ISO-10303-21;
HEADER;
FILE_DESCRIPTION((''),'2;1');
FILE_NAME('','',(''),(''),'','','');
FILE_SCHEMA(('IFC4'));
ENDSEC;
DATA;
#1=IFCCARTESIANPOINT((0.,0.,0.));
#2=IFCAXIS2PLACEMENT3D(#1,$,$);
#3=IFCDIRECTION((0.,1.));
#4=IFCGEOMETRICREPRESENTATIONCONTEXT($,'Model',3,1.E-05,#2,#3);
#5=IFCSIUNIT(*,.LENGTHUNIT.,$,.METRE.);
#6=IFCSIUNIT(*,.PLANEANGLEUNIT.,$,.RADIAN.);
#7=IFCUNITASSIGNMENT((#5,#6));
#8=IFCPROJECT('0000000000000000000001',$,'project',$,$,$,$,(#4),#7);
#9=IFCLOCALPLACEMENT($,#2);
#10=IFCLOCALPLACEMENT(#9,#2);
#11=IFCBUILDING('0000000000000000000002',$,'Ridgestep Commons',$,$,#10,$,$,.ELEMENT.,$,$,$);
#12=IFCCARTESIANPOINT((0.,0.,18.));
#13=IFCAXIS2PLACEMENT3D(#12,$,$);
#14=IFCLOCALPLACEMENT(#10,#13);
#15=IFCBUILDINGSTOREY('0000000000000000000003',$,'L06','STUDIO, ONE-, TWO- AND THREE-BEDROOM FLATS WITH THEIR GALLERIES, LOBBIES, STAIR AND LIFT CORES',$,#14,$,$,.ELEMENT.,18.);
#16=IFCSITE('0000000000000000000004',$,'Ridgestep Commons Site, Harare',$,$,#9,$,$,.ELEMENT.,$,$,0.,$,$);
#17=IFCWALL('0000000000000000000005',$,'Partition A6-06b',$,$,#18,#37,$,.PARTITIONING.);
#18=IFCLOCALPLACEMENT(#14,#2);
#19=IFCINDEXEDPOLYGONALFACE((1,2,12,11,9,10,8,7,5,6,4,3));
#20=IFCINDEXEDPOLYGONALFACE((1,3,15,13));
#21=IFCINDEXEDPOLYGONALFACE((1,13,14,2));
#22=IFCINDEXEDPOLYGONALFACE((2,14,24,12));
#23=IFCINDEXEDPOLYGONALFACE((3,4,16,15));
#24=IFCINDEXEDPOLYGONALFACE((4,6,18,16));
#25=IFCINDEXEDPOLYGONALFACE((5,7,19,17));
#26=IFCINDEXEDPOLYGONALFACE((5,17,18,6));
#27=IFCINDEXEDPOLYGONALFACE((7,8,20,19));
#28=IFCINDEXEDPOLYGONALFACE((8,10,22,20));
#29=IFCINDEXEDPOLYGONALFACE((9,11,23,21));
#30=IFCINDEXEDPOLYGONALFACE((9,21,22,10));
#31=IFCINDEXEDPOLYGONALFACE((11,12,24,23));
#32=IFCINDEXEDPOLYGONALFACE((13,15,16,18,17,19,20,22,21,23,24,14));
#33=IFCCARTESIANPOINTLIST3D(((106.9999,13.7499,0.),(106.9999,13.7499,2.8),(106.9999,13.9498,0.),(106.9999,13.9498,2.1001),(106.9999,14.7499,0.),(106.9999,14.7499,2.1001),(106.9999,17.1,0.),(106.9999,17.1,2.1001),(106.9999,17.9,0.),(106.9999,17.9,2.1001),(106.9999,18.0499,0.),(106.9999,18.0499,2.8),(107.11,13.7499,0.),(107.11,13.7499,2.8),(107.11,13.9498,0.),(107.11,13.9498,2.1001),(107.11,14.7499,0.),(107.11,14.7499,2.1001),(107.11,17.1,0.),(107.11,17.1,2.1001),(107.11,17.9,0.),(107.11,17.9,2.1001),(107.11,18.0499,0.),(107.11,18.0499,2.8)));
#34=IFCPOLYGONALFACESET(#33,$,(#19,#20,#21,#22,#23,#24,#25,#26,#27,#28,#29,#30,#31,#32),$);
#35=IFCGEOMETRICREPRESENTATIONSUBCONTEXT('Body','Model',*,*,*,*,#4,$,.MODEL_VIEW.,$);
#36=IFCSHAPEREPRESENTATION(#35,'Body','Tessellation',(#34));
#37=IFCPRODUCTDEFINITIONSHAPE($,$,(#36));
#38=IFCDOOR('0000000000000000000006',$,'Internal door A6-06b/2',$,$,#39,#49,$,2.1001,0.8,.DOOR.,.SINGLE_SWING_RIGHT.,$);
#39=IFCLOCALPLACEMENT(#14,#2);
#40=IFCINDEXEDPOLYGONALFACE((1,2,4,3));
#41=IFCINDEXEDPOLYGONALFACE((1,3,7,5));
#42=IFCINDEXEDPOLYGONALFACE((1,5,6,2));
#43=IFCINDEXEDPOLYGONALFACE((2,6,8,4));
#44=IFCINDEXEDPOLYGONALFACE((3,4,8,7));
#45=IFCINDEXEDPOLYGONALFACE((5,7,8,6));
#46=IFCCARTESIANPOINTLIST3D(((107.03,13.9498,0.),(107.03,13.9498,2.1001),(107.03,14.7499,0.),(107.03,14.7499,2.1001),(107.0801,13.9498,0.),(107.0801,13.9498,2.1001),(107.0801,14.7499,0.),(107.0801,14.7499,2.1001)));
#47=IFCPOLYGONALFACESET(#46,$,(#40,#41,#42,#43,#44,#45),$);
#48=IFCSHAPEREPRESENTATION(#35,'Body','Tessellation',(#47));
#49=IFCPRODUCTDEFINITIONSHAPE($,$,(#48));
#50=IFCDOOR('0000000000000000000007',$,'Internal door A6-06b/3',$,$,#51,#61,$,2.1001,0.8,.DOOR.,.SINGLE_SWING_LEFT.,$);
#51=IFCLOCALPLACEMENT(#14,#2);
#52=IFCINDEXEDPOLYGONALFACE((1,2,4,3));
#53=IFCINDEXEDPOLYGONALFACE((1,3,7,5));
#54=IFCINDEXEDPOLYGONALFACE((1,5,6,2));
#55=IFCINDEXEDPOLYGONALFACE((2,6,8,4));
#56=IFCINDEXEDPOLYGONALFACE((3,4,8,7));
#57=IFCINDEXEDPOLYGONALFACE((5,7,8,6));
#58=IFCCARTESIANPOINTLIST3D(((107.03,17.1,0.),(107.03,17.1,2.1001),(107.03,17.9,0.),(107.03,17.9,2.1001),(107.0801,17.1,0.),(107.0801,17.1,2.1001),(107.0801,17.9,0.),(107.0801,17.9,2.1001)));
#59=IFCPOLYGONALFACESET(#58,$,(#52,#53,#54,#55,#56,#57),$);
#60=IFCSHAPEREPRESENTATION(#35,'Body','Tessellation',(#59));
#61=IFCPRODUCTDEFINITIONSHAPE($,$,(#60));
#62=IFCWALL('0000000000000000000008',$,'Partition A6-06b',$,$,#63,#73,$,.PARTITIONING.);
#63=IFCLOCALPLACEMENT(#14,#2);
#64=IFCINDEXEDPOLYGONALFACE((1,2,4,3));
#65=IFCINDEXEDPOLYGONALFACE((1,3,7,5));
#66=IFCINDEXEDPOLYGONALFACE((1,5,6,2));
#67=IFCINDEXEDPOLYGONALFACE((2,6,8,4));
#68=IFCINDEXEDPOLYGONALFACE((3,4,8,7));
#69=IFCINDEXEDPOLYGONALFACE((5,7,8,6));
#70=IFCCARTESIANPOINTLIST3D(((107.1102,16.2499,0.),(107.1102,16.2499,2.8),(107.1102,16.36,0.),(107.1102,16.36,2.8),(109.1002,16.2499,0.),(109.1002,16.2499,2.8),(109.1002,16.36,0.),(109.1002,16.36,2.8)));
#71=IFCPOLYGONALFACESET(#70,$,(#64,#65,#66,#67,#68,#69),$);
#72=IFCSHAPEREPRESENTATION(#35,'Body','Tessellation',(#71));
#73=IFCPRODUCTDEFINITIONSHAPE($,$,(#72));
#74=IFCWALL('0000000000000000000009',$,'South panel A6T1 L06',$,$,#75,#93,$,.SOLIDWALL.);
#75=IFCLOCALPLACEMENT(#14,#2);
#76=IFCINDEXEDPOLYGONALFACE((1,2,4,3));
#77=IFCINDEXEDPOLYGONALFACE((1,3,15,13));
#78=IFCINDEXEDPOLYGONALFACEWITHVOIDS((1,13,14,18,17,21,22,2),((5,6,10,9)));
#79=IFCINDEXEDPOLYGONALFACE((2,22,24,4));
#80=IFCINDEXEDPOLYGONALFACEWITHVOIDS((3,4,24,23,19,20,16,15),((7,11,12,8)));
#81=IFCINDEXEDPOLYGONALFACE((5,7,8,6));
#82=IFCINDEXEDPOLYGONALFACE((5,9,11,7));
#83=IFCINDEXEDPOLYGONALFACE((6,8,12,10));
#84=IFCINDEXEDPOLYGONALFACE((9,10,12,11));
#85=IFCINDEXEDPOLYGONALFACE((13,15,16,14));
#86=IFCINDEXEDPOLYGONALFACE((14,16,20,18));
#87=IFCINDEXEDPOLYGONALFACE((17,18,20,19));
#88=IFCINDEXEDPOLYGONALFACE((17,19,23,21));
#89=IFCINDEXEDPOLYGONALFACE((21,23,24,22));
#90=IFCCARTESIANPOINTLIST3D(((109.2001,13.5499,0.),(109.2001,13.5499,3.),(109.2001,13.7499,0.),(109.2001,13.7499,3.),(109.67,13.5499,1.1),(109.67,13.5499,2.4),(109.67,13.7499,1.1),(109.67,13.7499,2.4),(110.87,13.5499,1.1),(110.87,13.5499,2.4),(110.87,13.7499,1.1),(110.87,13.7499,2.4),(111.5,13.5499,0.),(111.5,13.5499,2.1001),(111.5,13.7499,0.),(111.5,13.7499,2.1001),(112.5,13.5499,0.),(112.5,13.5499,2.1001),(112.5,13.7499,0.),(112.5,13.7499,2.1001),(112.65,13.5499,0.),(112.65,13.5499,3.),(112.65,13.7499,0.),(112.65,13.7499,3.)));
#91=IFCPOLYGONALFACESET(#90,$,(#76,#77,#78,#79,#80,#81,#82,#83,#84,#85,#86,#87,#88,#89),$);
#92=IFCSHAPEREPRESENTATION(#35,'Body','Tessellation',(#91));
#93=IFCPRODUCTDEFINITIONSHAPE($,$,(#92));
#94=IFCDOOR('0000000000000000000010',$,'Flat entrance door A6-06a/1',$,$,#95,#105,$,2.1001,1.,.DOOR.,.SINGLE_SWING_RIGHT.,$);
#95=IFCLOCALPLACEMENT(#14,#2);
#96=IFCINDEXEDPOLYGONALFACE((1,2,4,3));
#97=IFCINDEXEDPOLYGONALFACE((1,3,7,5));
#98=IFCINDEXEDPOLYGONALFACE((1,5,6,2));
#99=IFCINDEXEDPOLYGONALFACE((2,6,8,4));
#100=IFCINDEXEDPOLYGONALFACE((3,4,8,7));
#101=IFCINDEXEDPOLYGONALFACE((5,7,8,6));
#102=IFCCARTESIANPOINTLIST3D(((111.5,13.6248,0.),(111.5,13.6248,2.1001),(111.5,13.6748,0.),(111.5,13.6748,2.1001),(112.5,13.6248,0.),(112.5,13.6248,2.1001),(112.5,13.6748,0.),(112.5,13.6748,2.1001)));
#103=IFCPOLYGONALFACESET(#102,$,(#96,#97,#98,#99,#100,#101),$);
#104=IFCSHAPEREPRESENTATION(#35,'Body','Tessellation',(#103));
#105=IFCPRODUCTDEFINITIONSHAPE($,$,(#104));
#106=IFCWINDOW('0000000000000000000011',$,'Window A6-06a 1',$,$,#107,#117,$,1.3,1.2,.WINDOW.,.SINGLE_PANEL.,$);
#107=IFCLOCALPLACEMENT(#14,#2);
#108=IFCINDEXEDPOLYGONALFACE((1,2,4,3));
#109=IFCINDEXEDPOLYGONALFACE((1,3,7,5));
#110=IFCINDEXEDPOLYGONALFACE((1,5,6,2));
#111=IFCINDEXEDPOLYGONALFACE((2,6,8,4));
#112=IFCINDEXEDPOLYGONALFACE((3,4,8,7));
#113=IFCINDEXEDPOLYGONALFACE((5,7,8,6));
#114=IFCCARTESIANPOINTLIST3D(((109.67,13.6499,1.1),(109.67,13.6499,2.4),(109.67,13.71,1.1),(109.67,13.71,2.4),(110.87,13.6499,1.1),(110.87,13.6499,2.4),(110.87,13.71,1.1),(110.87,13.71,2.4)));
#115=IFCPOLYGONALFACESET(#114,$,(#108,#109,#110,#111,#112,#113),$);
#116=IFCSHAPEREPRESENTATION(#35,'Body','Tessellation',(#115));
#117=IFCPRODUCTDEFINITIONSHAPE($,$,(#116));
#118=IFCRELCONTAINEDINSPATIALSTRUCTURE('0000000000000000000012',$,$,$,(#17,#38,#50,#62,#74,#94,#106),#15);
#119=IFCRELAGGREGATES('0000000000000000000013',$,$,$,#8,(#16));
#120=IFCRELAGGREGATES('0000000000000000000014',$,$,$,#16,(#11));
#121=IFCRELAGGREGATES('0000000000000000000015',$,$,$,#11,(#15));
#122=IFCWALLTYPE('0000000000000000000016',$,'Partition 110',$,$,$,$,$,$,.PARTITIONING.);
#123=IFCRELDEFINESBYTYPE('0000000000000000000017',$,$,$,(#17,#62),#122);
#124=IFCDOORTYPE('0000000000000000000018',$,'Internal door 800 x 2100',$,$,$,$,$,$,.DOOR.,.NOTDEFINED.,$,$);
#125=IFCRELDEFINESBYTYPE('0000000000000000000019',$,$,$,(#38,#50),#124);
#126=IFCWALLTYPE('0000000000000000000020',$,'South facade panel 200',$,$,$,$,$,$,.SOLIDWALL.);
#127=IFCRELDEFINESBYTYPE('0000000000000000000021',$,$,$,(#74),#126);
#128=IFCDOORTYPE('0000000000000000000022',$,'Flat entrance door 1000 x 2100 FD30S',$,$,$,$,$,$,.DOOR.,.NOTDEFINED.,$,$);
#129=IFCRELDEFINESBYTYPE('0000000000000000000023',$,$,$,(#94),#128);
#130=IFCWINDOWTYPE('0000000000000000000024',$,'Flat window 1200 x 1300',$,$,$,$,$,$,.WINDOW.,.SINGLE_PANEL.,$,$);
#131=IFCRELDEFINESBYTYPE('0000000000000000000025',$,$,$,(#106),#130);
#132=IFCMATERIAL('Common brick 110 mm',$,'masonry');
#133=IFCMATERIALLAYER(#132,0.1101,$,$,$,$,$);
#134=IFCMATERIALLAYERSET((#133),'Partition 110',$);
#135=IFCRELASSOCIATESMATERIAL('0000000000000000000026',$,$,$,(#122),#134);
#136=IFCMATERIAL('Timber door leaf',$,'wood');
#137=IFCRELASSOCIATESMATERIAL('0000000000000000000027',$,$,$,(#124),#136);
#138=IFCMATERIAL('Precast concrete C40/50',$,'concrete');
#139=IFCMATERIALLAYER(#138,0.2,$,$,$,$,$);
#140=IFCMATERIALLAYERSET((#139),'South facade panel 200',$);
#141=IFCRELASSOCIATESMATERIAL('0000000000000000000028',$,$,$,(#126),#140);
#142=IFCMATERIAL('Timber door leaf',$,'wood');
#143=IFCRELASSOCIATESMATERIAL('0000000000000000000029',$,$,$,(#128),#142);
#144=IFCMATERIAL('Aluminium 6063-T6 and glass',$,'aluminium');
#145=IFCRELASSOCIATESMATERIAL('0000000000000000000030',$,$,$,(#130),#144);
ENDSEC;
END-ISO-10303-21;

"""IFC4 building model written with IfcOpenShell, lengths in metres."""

from ifc_helpers import new_model, si_unit, direction, frame, frame_2d, origin, place, context, subcontext, project, spatial, rectangle, extrude, material, layer, layer_set, type_object, element, fill, save


model = new_model("IFC4")

# Units and contexts
model_context = context("Model", 3, precision=1e-05, world=origin(), true_north=direction((0.0, 1.0)))
body_context = subcontext(model_context, "Body", "Model", "MODEL_VIEW")
ifc_project = project(units=[si_unit("LENGTHUNIT", "METRE"), si_unit("PLANEANGLEUNIT", "RADIAN")], contexts=[model_context])

# Site, building, storey
site_placement = place(None, origin())
site = spatial("IfcSite", under=ifc_project, at=site_placement, Name="Ridgestep Commons Site, Harare", CompositionType="ELEMENT", RefElevation=0.0)
building_placement = place(site_placement, origin())
building = spatial("IfcBuilding", under=site, at=building_placement, Name="Ridgestep Commons", CompositionType="ELEMENT")
storey_placement = place(building_placement, frame((0.0, 0.0, 18.0)))
storey = spatial("IfcBuildingStorey", under=building, at=storey_placement, Name="L06", Description="STUDIO, ONE-, TWO- AND THREE-BEDROOM FLATS WITH THEIR GALLERIES, LOBBIES, STAIR AND LIFT CORES", CompositionType="ELEMENT", Elevation=18.0)

# Shared definitions
ifc_material_1 = material(Name="Common brick 110 mm", Category="masonry")
ifc_layer_1 = layer(ifc_material_1, 0.1101)
ifc_layer_set_1 = layer_set([ifc_layer_1], Name="Partition 110")
wall_type_1 = type_object("IfcWallType", Name="Partition 110", PredefinedType="PARTITIONING", material=ifc_layer_set_1)

# Wall, openings, doors
ifc_material_2 = material(Name="Timber door leaf", Category="wood")
door_type_1 = type_object("IfcDoorType", Name="Internal door 800 x 2100", OperationType="NOTDEFINED", PredefinedType="DOOR", material=ifc_material_2)
wall_1_placement = place(storey_placement, frame((107.0549, 13.75, 0.0), z_axis=(0.0, 0.0, 1.0), x_axis=(0.0, 1.0, 0.0)))
wall_1 = element("IfcWall", 1, at=wall_1_placement, inside=storey, type_object=wall_type_1, Name="Partition A6-06b", PredefinedType="PARTITIONING", context=body_context, shape_type="SweptSolid", body=[
    extrude(rectangle(XDim=4.3, YDim=0.1101, at=frame_2d((2.1499, 0.0))), origin(), (0.0, 0.0, 1.0), 2.8),
])
opening_1_placement = place(wall_1_placement, frame((0.2, 0.0, 0.0)))
opening_1 = element("IfcOpeningElement", 2, at=opening_1_placement, cuts=wall_1, PredefinedType="OPENING", context=body_context, shape_type="SweptSolid", body=[
    extrude(rectangle(XDim=0.8, YDim=2.1001, at=frame_2d((0.3999, 1.05))), frame((0.0, 0.0649, 0.0), z_axis=(0.0, -1.0, 0.0), x_axis=(1.0, 0.0, 0.0)), (0.0, 0.0, 1.0), 0.1301),
])
opening_2_placement = place(wall_1_placement, frame((3.3501, 0.0, 0.0)))
opening_2 = element("IfcOpeningElement", 3, at=opening_2_placement, cuts=wall_1, PredefinedType="OPENING", context=body_context, shape_type="SweptSolid", body=[
    extrude(rectangle(XDim=0.8, YDim=2.1001, at=frame_2d((0.3999, 1.05))), frame((0.0, 0.0649, 0.0), z_axis=(0.0, -1.0, 0.0), x_axis=(1.0, 0.0, 0.0)), (0.0, 0.0, 1.0), 0.1301),
])
door_1_placement = place(opening_1_placement, origin())
door_1 = element("IfcDoor", 4, at=door_1_placement, inside=storey, type_object=door_type_1, Name="Internal door A6-06b/2", OperationType="SINGLE_SWING_RIGHT", OverallHeight=2.1001, OverallWidth=0.8, PredefinedType="DOOR", context=body_context, shape_type="SweptSolid", body=[
    extrude(rectangle(XDim=0.8, YDim=2.1001, at=frame_2d((0.3999, 1.05))), frame((0.0, 0.0249, 0.0), z_axis=(0.0, -1.0, 0.0), x_axis=(1.0, 0.0, 0.0)), (0.0, 0.0, 1.0), 0.05),
])
fill(opening_1, door_1)
door_2_placement = place(opening_2_placement, origin())
door_2 = element("IfcDoor", 5, at=door_2_placement, inside=storey, type_object=door_type_1, Name="Internal door A6-06b/3", OperationType="SINGLE_SWING_LEFT", OverallHeight=2.1001, OverallWidth=0.8, PredefinedType="DOOR", context=body_context, shape_type="SweptSolid", body=[
    extrude(rectangle(XDim=0.8, YDim=2.1001, at=frame_2d((0.3999, 1.05))), frame((0.0, 0.0249, 0.0), z_axis=(0.0, -1.0, 0.0), x_axis=(1.0, 0.0, 0.0)), (0.0, 0.0, 1.0), 0.05),
])
fill(opening_2, door_2)

# Wall
wall_2_placement = place(storey_placement, frame((107.1101, 16.3049, 0.0), z_axis=(0.0, 0.0, 1.0), x_axis=(1.0, 0.0, 0.0)))
element("IfcWall", 6, at=wall_2_placement, inside=storey, type_object=wall_type_1, Name="Partition A6-06b", PredefinedType="PARTITIONING", context=body_context, shape_type="SweptSolid", body=[
    extrude(rectangle(XDim=1.99, YDim=0.1101, at=frame_2d((0.9951, 0.0))), origin(), (0.0, 0.0, 1.0), 2.8),
])

# Wall, openings, door, window
ifc_material_3 = material(Name="Precast concrete C40/50", Category="concrete")
ifc_layer_2 = layer(ifc_material_3, 0.2)
ifc_layer_set_2 = layer_set([ifc_layer_2], Name="South facade panel 200")
wall_type_2 = type_object("IfcWallType", Name="South facade panel 200", PredefinedType="SOLIDWALL", material=ifc_layer_set_2)
wall_3_placement = place(storey_placement, frame((109.2, 13.6499, 0.0), z_axis=(0.0, 0.0, 1.0), x_axis=(1.0, 0.0, 0.0)))
wall_3 = element("IfcWall", 7, at=wall_3_placement, inside=storey, type_object=wall_type_2, Name="South panel A6T1 L06", PredefinedType="SOLIDWALL", context=body_context, shape_type="SweptSolid", body=[
    extrude(rectangle(XDim=3.45, YDim=0.2, at=frame_2d((1.7251, 0.0))), origin(), (0.0, 0.0, 1.0), 3.0),
])
opening_3_placement = place(wall_3_placement, frame((0.47, 0.0, 1.1001)))
opening_3 = element("IfcOpeningElement", 8, at=opening_3_placement, cuts=wall_3, PredefinedType="OPENING", context=body_context, shape_type="SweptSolid", body=[
    extrude(rectangle(XDim=1.2, YDim=1.3, at=frame_2d((0.6001, 0.6499))), frame((0.0, 0.1099, 0.0), z_axis=(0.0, -1.0, 0.0), x_axis=(1.0, 0.0, 0.0)), (0.0, 0.0, 1.0), 0.22),
])
opening_4_placement = place(wall_3_placement, frame((2.3, 0.0, 0.0)))
opening_4 = element("IfcOpeningElement", 9, at=opening_4_placement, cuts=wall_3, PredefinedType="OPENING", context=body_context, shape_type="SweptSolid", body=[
    extrude(rectangle(XDim=1.0, YDim=2.1001, at=frame_2d((0.5, 1.05))), frame((0.0, 0.1099, 0.0), z_axis=(0.0, -1.0, 0.0), x_axis=(1.0, 0.0, 0.0)), (0.0, 0.0, 1.0), 0.22),
])
ifc_material_4 = material(Name="Timber door leaf", Category="wood")
door_type_2 = type_object("IfcDoorType", Name="Flat entrance door 1000 x 2100 FD30S", OperationType="NOTDEFINED", PredefinedType="DOOR", material=ifc_material_4)
door_3_placement = place(opening_4_placement, origin())
door_3 = element("IfcDoor", 10, at=door_3_placement, inside=storey, type_object=door_type_2, Name="Flat entrance door A6-06a/1", OperationType="SINGLE_SWING_RIGHT", OverallHeight=2.1001, OverallWidth=1.0, PredefinedType="DOOR", context=body_context, shape_type="SweptSolid", body=[
    extrude(rectangle(XDim=1.0, YDim=2.1001, at=frame_2d((0.5, 1.05))), frame((0.0, 0.0249, 0.0), z_axis=(0.0, -1.0, 0.0), x_axis=(1.0, 0.0, 0.0)), (0.0, 0.0, 1.0), 0.05),
])
fill(opening_4, door_3)
ifc_material_5 = material(Name="Aluminium 6063-T6 and glass", Category="aluminium")
window_type_1 = type_object("IfcWindowType", Name="Flat window 1200 x 1300", PartitioningType="SINGLE_PANEL", PredefinedType="WINDOW", material=ifc_material_5)
window_1_placement = place(opening_3_placement, origin())
window_1 = element("IfcWindow", 11, at=window_1_placement, inside=storey, type_object=window_type_1, Name="Window A6-06a 1", OverallHeight=1.3, OverallWidth=1.2, PartitioningType="SINGLE_PANEL", PredefinedType="WINDOW", context=body_context, shape_type="SweptSolid", body=[
    extrude(rectangle(XDim=1.2, YDim=1.3, at=frame_2d((0.6001, 0.6499))), frame((0.0, 0.0601, 0.0), z_axis=(0.0, -1.0, 0.0), x_axis=(1.0, 0.0, 0.0)), (0.0, 0.0, 1.0), 0.0601),
])
fill(opening_3, window_1)

save(model, "model.ifc")
